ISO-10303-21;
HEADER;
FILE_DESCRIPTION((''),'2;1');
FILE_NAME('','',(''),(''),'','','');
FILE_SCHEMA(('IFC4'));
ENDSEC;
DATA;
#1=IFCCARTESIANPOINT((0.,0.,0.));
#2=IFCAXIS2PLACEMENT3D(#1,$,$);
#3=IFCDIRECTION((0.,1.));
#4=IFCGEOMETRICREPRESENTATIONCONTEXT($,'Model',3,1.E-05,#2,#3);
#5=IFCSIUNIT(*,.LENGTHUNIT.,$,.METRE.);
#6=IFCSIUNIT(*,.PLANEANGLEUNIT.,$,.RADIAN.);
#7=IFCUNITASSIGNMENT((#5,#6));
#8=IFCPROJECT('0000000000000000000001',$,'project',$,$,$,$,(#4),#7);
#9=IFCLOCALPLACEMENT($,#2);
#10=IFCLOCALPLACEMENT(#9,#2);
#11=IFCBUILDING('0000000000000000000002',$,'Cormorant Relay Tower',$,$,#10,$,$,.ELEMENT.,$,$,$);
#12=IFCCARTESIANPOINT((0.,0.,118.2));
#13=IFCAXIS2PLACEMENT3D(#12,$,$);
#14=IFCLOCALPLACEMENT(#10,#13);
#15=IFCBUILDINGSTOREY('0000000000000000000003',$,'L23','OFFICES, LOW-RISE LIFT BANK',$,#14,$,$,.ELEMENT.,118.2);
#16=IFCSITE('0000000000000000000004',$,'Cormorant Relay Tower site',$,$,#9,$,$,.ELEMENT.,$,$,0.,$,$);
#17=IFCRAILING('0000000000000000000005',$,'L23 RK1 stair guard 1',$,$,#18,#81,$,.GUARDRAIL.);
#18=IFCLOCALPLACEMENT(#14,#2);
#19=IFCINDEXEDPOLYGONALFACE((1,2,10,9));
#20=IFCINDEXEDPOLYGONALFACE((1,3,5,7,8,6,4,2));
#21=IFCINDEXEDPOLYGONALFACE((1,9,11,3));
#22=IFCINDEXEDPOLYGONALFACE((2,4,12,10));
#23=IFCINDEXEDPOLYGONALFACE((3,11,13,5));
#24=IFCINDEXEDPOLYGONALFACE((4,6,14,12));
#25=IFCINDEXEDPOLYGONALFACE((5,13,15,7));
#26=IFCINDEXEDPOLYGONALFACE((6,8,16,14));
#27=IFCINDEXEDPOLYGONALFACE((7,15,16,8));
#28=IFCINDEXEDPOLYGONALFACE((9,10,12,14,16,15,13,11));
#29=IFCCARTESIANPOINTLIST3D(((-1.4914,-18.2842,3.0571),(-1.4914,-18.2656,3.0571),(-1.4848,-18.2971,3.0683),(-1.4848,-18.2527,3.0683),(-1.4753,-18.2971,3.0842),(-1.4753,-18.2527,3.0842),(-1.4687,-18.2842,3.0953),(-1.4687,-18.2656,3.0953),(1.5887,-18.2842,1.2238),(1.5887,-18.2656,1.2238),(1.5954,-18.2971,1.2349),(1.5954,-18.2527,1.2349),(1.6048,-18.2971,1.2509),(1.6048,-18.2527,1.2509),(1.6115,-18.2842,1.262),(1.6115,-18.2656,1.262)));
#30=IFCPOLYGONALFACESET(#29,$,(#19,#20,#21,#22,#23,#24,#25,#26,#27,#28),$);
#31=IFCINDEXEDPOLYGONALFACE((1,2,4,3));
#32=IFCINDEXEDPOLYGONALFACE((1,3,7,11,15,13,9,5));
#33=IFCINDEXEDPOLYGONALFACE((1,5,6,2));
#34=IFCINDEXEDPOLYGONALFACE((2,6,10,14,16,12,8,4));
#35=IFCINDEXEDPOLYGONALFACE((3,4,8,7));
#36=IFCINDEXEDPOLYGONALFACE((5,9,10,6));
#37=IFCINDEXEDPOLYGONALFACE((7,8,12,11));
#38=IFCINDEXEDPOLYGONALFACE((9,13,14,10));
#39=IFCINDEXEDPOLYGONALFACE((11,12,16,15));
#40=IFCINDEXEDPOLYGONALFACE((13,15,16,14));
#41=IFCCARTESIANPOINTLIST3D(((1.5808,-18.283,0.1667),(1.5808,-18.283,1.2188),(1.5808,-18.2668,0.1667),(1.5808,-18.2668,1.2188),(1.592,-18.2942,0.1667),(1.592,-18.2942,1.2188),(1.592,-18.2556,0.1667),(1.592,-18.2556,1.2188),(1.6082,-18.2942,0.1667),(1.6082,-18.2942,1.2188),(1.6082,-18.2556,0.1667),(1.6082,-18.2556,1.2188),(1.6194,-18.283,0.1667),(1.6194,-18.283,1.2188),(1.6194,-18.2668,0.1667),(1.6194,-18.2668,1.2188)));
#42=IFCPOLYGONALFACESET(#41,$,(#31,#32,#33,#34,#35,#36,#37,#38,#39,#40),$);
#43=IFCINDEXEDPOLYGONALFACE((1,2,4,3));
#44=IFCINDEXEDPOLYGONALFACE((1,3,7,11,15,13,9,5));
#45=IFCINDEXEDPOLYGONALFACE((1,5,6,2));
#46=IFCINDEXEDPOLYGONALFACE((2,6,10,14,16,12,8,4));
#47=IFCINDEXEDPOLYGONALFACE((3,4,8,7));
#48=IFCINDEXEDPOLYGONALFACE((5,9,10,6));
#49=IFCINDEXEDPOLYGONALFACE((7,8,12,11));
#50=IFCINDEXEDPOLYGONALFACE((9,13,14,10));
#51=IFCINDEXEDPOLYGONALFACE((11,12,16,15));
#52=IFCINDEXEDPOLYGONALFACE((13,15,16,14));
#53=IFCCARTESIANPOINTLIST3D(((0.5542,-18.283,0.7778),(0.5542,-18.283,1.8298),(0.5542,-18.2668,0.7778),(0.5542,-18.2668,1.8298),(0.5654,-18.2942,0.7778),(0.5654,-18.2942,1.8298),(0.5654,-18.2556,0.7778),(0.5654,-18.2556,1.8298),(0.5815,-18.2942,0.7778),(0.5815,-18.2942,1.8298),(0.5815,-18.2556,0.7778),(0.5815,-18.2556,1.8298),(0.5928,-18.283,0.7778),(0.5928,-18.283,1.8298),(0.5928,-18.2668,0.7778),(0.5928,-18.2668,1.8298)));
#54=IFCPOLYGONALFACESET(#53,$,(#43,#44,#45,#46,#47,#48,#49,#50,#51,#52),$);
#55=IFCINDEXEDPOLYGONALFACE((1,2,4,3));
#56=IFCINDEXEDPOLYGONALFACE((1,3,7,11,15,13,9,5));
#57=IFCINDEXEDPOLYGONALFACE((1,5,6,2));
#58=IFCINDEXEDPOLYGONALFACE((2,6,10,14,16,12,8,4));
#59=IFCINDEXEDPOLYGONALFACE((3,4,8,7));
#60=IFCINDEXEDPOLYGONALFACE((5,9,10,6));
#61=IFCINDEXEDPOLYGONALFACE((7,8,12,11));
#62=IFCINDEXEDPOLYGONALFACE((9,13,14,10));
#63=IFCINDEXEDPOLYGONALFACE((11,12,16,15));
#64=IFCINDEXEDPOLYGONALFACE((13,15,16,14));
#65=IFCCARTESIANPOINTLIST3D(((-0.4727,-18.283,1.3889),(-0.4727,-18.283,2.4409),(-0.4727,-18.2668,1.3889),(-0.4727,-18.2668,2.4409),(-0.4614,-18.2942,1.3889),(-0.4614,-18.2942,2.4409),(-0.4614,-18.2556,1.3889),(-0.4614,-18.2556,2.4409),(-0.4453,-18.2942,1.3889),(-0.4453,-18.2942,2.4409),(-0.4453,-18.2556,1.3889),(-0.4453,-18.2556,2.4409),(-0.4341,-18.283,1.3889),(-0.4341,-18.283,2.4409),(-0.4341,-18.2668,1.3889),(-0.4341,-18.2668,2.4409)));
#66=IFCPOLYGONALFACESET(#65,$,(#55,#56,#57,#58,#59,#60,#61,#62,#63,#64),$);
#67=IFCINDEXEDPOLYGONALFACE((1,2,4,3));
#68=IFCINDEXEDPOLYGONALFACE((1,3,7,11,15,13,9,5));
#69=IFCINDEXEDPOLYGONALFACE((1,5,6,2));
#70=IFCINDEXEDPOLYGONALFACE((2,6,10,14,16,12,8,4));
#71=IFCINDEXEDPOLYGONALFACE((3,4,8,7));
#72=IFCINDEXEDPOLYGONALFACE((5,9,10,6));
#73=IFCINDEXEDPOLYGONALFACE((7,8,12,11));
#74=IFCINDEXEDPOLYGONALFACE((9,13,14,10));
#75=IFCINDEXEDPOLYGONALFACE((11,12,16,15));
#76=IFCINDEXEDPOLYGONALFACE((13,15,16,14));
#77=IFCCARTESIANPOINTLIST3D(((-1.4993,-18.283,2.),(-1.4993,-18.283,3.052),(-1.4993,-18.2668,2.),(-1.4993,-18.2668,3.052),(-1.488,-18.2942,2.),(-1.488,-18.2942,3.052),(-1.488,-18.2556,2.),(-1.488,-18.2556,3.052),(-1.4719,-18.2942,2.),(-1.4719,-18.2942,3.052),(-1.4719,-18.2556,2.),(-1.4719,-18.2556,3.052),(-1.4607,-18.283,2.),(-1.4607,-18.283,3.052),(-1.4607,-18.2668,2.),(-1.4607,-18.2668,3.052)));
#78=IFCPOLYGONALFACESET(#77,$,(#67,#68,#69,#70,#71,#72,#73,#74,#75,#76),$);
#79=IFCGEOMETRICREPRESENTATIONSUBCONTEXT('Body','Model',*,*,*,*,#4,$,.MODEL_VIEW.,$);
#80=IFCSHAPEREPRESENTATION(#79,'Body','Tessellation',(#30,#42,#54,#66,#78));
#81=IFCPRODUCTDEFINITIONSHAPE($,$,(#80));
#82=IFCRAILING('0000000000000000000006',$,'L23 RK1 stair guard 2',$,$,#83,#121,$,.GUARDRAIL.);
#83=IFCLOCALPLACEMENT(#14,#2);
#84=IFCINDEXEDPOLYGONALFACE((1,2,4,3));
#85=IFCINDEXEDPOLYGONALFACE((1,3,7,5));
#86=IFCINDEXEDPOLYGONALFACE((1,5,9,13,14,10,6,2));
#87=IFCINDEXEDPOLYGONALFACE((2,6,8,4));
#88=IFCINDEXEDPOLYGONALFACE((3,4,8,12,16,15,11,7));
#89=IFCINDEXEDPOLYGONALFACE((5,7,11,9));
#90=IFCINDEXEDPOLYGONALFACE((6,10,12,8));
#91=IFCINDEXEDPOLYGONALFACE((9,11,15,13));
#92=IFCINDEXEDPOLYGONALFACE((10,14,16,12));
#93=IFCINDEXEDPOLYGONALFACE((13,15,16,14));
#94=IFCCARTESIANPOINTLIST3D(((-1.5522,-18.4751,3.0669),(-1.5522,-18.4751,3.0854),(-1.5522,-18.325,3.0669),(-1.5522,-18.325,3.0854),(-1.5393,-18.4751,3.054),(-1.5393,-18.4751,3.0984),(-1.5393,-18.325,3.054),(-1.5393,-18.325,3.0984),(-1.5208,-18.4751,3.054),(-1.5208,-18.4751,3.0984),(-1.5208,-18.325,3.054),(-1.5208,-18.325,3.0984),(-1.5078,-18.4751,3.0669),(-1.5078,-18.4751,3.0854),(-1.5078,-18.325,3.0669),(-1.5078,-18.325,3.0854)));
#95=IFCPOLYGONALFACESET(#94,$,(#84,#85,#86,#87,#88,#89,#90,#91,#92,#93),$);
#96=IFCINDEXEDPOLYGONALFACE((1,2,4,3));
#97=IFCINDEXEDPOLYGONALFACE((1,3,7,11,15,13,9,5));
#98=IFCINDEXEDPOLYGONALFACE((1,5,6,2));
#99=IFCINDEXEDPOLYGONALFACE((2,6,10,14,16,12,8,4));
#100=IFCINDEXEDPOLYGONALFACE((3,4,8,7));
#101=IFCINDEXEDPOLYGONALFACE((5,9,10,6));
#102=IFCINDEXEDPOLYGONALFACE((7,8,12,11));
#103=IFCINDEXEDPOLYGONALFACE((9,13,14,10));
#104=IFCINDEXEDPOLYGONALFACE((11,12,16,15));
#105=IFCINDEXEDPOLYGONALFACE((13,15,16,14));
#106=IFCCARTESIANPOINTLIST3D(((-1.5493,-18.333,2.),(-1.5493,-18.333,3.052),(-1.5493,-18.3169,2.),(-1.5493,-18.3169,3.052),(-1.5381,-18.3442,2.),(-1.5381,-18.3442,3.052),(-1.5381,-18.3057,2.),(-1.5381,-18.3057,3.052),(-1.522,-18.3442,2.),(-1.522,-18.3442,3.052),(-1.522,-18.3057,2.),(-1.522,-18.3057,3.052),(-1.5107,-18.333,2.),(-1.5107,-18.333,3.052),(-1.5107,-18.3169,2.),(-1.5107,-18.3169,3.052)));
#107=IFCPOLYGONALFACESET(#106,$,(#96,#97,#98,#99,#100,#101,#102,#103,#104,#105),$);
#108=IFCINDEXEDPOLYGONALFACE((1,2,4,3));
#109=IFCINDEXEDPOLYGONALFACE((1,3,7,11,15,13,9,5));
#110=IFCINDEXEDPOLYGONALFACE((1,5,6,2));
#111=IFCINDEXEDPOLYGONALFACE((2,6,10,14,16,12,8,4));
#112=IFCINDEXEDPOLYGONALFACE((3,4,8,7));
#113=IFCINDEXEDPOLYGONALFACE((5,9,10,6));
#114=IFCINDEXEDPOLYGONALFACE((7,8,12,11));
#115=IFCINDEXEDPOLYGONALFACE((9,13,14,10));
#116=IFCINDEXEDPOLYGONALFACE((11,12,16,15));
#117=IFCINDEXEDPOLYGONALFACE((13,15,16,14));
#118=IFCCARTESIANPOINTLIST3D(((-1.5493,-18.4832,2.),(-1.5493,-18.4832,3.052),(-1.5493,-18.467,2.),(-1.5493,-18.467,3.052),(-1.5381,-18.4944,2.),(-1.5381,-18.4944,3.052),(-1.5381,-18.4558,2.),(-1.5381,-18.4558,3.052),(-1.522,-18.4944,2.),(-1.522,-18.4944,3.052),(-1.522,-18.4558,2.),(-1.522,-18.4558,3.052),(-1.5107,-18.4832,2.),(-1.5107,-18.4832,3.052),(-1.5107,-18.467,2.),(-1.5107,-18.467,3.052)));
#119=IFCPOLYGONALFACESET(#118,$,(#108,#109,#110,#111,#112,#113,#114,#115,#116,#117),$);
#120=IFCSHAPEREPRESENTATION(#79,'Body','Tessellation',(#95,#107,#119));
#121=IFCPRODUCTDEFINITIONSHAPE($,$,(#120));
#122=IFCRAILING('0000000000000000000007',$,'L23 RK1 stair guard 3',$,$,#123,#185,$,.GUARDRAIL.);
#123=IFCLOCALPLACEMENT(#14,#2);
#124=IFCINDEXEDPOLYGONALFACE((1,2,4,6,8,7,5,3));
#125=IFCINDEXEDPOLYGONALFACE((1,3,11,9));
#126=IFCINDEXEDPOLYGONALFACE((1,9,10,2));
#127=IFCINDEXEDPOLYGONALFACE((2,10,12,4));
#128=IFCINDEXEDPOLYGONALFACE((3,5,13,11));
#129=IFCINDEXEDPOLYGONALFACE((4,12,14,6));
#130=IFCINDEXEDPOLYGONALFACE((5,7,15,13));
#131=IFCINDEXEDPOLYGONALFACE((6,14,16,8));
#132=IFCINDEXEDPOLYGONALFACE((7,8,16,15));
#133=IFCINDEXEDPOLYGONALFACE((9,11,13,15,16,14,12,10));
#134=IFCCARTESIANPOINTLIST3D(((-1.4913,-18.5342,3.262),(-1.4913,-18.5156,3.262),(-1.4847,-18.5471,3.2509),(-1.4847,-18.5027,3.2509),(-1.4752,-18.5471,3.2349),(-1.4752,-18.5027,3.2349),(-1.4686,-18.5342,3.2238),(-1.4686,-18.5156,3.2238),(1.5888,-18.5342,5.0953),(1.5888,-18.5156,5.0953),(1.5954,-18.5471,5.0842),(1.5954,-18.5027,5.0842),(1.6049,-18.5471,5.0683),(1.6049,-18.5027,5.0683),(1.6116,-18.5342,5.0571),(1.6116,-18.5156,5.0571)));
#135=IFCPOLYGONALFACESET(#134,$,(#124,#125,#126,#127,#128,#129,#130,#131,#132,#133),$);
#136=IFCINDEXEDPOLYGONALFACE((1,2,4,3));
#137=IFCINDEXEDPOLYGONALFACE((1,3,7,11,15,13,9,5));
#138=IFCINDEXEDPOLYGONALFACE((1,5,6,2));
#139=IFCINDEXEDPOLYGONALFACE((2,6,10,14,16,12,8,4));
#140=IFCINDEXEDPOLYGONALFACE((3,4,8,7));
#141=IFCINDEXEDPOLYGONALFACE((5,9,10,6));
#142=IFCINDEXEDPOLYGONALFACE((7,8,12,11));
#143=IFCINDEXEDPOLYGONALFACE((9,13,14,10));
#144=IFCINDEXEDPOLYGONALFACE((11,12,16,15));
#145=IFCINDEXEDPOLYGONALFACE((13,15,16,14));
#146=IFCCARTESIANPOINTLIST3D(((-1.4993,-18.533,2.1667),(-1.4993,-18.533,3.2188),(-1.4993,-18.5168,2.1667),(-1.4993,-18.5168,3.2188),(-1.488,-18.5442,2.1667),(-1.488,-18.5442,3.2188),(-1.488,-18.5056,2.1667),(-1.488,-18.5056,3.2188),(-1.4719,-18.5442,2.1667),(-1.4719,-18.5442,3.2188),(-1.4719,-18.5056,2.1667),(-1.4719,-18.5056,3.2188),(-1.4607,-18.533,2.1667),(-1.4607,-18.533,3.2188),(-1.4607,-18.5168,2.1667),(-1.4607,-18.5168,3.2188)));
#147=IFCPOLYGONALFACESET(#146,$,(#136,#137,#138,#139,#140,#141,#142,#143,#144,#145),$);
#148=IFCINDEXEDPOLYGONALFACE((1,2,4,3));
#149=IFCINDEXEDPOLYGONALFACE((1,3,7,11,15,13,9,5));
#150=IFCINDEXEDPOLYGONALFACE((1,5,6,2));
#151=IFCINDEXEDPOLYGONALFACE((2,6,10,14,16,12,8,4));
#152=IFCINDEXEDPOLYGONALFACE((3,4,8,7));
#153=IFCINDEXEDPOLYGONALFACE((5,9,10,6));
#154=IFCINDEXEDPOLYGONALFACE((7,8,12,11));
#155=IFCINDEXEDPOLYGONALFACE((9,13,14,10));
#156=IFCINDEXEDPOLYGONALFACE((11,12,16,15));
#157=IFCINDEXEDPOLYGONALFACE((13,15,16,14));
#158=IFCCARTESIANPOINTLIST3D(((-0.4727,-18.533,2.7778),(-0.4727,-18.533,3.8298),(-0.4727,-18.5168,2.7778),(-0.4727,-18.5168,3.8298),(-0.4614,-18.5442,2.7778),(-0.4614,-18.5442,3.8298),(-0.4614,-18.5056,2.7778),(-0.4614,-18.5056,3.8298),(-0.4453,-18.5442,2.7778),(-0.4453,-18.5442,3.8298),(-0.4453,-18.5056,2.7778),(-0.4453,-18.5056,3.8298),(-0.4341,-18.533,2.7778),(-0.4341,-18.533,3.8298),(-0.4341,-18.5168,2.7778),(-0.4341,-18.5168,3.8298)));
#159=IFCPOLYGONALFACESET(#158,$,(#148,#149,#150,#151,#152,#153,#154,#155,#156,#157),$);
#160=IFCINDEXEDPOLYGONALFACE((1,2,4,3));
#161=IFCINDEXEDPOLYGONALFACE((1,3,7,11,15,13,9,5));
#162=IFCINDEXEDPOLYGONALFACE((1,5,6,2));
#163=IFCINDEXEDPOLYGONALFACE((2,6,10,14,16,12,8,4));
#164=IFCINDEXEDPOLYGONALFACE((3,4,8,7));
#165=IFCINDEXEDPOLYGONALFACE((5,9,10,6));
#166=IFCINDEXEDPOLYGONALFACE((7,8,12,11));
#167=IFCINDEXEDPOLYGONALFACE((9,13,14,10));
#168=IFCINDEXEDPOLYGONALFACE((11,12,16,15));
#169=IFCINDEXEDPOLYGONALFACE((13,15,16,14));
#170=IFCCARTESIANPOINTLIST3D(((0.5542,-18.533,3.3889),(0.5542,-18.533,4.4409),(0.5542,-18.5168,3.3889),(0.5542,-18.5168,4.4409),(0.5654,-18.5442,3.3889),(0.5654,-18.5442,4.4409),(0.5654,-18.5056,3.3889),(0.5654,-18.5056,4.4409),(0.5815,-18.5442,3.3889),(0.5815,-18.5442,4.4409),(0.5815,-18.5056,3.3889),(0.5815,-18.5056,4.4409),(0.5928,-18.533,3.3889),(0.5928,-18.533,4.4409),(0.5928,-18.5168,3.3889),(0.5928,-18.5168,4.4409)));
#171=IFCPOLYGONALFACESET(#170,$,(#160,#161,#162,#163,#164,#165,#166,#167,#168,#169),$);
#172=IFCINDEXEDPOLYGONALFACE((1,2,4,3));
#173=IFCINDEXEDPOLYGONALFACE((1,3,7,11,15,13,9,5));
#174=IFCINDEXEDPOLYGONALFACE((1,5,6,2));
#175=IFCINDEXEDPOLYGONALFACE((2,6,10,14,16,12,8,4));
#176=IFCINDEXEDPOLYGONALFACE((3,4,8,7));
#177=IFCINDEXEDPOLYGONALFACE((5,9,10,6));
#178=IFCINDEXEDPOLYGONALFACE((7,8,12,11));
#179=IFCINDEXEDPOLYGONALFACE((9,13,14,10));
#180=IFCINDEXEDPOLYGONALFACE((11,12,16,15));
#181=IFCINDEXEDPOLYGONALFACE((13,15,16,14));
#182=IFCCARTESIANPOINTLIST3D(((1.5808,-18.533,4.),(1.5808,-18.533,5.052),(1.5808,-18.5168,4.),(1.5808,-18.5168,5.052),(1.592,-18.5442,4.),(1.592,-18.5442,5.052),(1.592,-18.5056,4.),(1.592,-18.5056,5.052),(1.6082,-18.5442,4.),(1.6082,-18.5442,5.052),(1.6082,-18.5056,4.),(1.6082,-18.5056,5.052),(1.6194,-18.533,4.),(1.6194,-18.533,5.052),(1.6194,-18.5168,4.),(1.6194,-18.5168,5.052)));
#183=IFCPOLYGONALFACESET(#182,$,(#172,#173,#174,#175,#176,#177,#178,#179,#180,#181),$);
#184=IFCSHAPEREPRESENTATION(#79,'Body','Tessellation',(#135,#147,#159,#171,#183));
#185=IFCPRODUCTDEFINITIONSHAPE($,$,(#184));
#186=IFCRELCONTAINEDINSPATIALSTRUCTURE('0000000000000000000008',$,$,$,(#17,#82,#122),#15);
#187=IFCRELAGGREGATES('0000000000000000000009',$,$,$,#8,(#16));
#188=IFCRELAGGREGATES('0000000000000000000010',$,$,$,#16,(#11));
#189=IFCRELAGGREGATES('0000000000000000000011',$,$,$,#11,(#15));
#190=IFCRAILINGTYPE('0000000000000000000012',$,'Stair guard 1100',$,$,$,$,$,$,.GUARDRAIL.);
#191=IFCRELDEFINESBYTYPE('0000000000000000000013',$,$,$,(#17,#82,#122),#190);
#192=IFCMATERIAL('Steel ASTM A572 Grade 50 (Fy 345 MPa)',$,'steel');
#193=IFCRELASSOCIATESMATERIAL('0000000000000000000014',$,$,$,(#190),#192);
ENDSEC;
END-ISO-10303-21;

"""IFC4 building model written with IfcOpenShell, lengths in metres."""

from ifc_helpers import new_model, si_unit, direction, frame, origin, place, context, subcontext, project, spatial, polyline, outline, extrude, material, type_object, element, save


model = new_model("IFC4")

# Units and contexts
model_context = context("Model", 3, precision=1e-05, world=origin(), true_north=direction((0.0, 1.0)))
body_context = subcontext(model_context, "Body", "Model", "MODEL_VIEW")
ifc_project = project(units=[si_unit("LENGTHUNIT", "METRE"), si_unit("PLANEANGLEUNIT", "RADIAN")], contexts=[model_context])

# Site, building, storey
site_placement = place(None, origin())
site = spatial("IfcSite", under=ifc_project, at=site_placement, Name="Cormorant Relay Tower site", CompositionType="ELEMENT", RefElevation=0.0)
building_placement = place(site_placement, origin())
building = spatial("IfcBuilding", under=site, at=building_placement, Name="Cormorant Relay Tower", CompositionType="ELEMENT")
storey_placement = place(building_placement, frame((0.0, 0.0, 118.2)))
storey = spatial("IfcBuildingStorey", under=building, at=storey_placement, Name="L23", Description="OFFICES, LOW-RISE LIFT BANK", CompositionType="ELEMENT", Elevation=118.2)

# Railings
ifc_material_1 = material(Name="Steel ASTM A572 Grade 50 (Fy 345 MPa)", Category="steel")
railing_type_1 = type_object("IfcRailingType", Name="Stair guard 1100", PredefinedType="GUARDRAIL", material=ifc_material_1)
railing_1_placement = place(storey_placement, frame((1.6001, -18.2749, 0.1667)))
element("IfcRailing", 1, at=railing_1_placement, inside=storey, type_object=railing_type_1, Name="L23 RK1 stair guard 1", PredefinedType="GUARDRAIL", context=body_context, shape_type="SweptSolid", body=[
    extrude(outline(polyline([(0.0222, 0.0093), (0.0093, 0.0222), (-0.0093, 0.0222), (-0.0222, 0.0093), (-0.0222, -0.0093), (-0.0093, -0.0222), (0.0093, -0.0222), (0.0222, -0.0093), (0.0222, 0.0093)])), frame((0.0, 0.0, 1.0762), z_axis=(-0.859309, 0.0, 0.511458), x_axis=(0.0, -1.0, 0.0)), (0.0, 0.0, 1.0), 3.5845),
    extrude(outline(polyline([(0.0193, 0.0081), (0.0081, 0.0193), (-0.0081, 0.0193), (-0.0193, 0.0081), (-0.0193, -0.0081), (-0.0081, -0.0193), (0.0081, -0.0193), (0.0193, -0.0081), (0.0193, 0.0081)])), origin(), (0.0, 0.0, 1.0), 1.052),
    extrude(outline(polyline([(0.0193, 0.0081), (0.0081, 0.0193), (-0.0081, 0.0193), (-0.0193, 0.0081), (-0.0193, -0.0081), (-0.0081, -0.0193), (0.0081, -0.0193), (0.0193, -0.0081), (0.0193, 0.0081)])), frame((-1.0266, 0.0, 0.6111)), (0.0, 0.0, 1.0), 1.052),
    extrude(outline(polyline([(0.0193, 0.0081), (0.0081, 0.0193), (-0.0081, 0.0193), (-0.0193, 0.0081), (-0.0193, -0.0081), (-0.0081, -0.0193), (0.0081, -0.0193), (0.0193, -0.0081), (0.0193, 0.0081)])), frame((-2.0535, 0.0, 1.2222)), (0.0, 0.0, 1.0), 1.052),
    extrude(outline(polyline([(0.0193, 0.0081), (0.0081, 0.0193), (-0.0081, 0.0193), (-0.0193, 0.0081), (-0.0193, -0.0081), (-0.0081, -0.0193), (0.0081, -0.0193), (0.0193, -0.0081), (0.0193, 0.0081)])), frame((-3.0801, 0.0, 1.8333)), (0.0, 0.0, 1.0), 1.052),
])
railing_2_placement = place(storey_placement, frame((-1.53, -18.325, 2.0)))
element("IfcRailing", 2, at=railing_2_placement, inside=storey, type_object=railing_type_1, Name="L23 RK1 stair guard 2", PredefinedType="GUARDRAIL", context=body_context, shape_type="SweptSolid", body=[
    extrude(outline(polyline([(0.0222, 0.0093), (0.0093, 0.0222), (-0.0093, 0.0222), (-0.0222, 0.0093), (-0.0222, -0.0093), (-0.0093, -0.0222), (0.0093, -0.0222), (0.0222, -0.0093), (0.0222, 0.0093)])), frame((0.0, 0.0, 1.0762), z_axis=(0.0, -1.0, 0.0), x_axis=(1.0, 0.0, 0.0)), (0.0, 0.0, 1.0), 0.1501),
    extrude(outline(polyline([(0.0193, 0.0081), (0.0081, 0.0193), (-0.0081, 0.0193), (-0.0193, 0.0081), (-0.0193, -0.0081), (-0.0081, -0.0193), (0.0081, -0.0193), (0.0193, -0.0081), (0.0193, 0.0081)])), origin(), (0.0, 0.0, 1.0), 1.052),
    extrude(outline(polyline([(0.0193, 0.0081), (0.0081, 0.0193), (-0.0081, 0.0193), (-0.0193, 0.0081), (-0.0193, -0.0081), (-0.0081, -0.0193), (0.0081, -0.0193), (0.0193, -0.0081), (0.0193, 0.0081)])), frame((0.0, -0.1501, 0.0)), (0.0, 0.0, 1.0), 1.052),
])
railing_3_placement = place(storey_placement, frame((-1.48, -18.5249, 2.1667)))
element("IfcRailing", 3, at=railing_3_placement, inside=storey, type_object=railing_type_1, Name="L23 RK1 stair guard 3", PredefinedType="GUARDRAIL", context=body_context, shape_type="SweptSolid", body=[
    extrude(outline(polyline([(0.0222, 0.0093), (0.0093, 0.0222), (-0.0093, 0.0222), (-0.0222, 0.0093), (-0.0222, -0.0093), (-0.0093, -0.0222), (0.0093, -0.0222), (0.0222, -0.0093), (0.0222, 0.0093)])), frame((0.0, 0.0, 1.0762), z_axis=(0.859309, 0.0, 0.511458), x_axis=(0.0, 1.0, 0.0)), (0.0, 0.0, 1.0), 3.5845),
    extrude(outline(polyline([(0.0193, 0.0081), (0.0081, 0.0193), (-0.0081, 0.0193), (-0.0193, 0.0081), (-0.0193, -0.0081), (-0.0081, -0.0193), (0.0081, -0.0193), (0.0193, -0.0081), (0.0193, 0.0081)])), origin(), (0.0, 0.0, 1.0), 1.052),
    extrude(outline(polyline([(0.0193, 0.0081), (0.0081, 0.0193), (-0.0081, 0.0193), (-0.0193, 0.0081), (-0.0193, -0.0081), (-0.0081, -0.0193), (0.0081, -0.0193), (0.0193, -0.0081), (0.0193, 0.0081)])), frame((1.0266, 0.0, 0.6111)), (0.0, 0.0, 1.0), 1.052),
    extrude(outline(polyline([(0.0193, 0.0081), (0.0081, 0.0193), (-0.0081, 0.0193), (-0.0193, 0.0081), (-0.0193, -0.0081), (-0.0081, -0.0193), (0.0081, -0.0193), (0.0193, -0.0081), (0.0193, 0.0081)])), frame((2.0535, 0.0, 1.2222)), (0.0, 0.0, 1.0), 1.052),
    extrude(outline(polyline([(0.0193, 0.0081), (0.0081, 0.0193), (-0.0081, 0.0193), (-0.0193, 0.0081), (-0.0193, -0.0081), (-0.0081, -0.0193), (0.0081, -0.0193), (0.0193, -0.0081), (0.0193, 0.0081)])), frame((3.0801, 0.0, 1.8333)), (0.0, 0.0, 1.0), 1.052),
])

save(model, "model.ifc")
